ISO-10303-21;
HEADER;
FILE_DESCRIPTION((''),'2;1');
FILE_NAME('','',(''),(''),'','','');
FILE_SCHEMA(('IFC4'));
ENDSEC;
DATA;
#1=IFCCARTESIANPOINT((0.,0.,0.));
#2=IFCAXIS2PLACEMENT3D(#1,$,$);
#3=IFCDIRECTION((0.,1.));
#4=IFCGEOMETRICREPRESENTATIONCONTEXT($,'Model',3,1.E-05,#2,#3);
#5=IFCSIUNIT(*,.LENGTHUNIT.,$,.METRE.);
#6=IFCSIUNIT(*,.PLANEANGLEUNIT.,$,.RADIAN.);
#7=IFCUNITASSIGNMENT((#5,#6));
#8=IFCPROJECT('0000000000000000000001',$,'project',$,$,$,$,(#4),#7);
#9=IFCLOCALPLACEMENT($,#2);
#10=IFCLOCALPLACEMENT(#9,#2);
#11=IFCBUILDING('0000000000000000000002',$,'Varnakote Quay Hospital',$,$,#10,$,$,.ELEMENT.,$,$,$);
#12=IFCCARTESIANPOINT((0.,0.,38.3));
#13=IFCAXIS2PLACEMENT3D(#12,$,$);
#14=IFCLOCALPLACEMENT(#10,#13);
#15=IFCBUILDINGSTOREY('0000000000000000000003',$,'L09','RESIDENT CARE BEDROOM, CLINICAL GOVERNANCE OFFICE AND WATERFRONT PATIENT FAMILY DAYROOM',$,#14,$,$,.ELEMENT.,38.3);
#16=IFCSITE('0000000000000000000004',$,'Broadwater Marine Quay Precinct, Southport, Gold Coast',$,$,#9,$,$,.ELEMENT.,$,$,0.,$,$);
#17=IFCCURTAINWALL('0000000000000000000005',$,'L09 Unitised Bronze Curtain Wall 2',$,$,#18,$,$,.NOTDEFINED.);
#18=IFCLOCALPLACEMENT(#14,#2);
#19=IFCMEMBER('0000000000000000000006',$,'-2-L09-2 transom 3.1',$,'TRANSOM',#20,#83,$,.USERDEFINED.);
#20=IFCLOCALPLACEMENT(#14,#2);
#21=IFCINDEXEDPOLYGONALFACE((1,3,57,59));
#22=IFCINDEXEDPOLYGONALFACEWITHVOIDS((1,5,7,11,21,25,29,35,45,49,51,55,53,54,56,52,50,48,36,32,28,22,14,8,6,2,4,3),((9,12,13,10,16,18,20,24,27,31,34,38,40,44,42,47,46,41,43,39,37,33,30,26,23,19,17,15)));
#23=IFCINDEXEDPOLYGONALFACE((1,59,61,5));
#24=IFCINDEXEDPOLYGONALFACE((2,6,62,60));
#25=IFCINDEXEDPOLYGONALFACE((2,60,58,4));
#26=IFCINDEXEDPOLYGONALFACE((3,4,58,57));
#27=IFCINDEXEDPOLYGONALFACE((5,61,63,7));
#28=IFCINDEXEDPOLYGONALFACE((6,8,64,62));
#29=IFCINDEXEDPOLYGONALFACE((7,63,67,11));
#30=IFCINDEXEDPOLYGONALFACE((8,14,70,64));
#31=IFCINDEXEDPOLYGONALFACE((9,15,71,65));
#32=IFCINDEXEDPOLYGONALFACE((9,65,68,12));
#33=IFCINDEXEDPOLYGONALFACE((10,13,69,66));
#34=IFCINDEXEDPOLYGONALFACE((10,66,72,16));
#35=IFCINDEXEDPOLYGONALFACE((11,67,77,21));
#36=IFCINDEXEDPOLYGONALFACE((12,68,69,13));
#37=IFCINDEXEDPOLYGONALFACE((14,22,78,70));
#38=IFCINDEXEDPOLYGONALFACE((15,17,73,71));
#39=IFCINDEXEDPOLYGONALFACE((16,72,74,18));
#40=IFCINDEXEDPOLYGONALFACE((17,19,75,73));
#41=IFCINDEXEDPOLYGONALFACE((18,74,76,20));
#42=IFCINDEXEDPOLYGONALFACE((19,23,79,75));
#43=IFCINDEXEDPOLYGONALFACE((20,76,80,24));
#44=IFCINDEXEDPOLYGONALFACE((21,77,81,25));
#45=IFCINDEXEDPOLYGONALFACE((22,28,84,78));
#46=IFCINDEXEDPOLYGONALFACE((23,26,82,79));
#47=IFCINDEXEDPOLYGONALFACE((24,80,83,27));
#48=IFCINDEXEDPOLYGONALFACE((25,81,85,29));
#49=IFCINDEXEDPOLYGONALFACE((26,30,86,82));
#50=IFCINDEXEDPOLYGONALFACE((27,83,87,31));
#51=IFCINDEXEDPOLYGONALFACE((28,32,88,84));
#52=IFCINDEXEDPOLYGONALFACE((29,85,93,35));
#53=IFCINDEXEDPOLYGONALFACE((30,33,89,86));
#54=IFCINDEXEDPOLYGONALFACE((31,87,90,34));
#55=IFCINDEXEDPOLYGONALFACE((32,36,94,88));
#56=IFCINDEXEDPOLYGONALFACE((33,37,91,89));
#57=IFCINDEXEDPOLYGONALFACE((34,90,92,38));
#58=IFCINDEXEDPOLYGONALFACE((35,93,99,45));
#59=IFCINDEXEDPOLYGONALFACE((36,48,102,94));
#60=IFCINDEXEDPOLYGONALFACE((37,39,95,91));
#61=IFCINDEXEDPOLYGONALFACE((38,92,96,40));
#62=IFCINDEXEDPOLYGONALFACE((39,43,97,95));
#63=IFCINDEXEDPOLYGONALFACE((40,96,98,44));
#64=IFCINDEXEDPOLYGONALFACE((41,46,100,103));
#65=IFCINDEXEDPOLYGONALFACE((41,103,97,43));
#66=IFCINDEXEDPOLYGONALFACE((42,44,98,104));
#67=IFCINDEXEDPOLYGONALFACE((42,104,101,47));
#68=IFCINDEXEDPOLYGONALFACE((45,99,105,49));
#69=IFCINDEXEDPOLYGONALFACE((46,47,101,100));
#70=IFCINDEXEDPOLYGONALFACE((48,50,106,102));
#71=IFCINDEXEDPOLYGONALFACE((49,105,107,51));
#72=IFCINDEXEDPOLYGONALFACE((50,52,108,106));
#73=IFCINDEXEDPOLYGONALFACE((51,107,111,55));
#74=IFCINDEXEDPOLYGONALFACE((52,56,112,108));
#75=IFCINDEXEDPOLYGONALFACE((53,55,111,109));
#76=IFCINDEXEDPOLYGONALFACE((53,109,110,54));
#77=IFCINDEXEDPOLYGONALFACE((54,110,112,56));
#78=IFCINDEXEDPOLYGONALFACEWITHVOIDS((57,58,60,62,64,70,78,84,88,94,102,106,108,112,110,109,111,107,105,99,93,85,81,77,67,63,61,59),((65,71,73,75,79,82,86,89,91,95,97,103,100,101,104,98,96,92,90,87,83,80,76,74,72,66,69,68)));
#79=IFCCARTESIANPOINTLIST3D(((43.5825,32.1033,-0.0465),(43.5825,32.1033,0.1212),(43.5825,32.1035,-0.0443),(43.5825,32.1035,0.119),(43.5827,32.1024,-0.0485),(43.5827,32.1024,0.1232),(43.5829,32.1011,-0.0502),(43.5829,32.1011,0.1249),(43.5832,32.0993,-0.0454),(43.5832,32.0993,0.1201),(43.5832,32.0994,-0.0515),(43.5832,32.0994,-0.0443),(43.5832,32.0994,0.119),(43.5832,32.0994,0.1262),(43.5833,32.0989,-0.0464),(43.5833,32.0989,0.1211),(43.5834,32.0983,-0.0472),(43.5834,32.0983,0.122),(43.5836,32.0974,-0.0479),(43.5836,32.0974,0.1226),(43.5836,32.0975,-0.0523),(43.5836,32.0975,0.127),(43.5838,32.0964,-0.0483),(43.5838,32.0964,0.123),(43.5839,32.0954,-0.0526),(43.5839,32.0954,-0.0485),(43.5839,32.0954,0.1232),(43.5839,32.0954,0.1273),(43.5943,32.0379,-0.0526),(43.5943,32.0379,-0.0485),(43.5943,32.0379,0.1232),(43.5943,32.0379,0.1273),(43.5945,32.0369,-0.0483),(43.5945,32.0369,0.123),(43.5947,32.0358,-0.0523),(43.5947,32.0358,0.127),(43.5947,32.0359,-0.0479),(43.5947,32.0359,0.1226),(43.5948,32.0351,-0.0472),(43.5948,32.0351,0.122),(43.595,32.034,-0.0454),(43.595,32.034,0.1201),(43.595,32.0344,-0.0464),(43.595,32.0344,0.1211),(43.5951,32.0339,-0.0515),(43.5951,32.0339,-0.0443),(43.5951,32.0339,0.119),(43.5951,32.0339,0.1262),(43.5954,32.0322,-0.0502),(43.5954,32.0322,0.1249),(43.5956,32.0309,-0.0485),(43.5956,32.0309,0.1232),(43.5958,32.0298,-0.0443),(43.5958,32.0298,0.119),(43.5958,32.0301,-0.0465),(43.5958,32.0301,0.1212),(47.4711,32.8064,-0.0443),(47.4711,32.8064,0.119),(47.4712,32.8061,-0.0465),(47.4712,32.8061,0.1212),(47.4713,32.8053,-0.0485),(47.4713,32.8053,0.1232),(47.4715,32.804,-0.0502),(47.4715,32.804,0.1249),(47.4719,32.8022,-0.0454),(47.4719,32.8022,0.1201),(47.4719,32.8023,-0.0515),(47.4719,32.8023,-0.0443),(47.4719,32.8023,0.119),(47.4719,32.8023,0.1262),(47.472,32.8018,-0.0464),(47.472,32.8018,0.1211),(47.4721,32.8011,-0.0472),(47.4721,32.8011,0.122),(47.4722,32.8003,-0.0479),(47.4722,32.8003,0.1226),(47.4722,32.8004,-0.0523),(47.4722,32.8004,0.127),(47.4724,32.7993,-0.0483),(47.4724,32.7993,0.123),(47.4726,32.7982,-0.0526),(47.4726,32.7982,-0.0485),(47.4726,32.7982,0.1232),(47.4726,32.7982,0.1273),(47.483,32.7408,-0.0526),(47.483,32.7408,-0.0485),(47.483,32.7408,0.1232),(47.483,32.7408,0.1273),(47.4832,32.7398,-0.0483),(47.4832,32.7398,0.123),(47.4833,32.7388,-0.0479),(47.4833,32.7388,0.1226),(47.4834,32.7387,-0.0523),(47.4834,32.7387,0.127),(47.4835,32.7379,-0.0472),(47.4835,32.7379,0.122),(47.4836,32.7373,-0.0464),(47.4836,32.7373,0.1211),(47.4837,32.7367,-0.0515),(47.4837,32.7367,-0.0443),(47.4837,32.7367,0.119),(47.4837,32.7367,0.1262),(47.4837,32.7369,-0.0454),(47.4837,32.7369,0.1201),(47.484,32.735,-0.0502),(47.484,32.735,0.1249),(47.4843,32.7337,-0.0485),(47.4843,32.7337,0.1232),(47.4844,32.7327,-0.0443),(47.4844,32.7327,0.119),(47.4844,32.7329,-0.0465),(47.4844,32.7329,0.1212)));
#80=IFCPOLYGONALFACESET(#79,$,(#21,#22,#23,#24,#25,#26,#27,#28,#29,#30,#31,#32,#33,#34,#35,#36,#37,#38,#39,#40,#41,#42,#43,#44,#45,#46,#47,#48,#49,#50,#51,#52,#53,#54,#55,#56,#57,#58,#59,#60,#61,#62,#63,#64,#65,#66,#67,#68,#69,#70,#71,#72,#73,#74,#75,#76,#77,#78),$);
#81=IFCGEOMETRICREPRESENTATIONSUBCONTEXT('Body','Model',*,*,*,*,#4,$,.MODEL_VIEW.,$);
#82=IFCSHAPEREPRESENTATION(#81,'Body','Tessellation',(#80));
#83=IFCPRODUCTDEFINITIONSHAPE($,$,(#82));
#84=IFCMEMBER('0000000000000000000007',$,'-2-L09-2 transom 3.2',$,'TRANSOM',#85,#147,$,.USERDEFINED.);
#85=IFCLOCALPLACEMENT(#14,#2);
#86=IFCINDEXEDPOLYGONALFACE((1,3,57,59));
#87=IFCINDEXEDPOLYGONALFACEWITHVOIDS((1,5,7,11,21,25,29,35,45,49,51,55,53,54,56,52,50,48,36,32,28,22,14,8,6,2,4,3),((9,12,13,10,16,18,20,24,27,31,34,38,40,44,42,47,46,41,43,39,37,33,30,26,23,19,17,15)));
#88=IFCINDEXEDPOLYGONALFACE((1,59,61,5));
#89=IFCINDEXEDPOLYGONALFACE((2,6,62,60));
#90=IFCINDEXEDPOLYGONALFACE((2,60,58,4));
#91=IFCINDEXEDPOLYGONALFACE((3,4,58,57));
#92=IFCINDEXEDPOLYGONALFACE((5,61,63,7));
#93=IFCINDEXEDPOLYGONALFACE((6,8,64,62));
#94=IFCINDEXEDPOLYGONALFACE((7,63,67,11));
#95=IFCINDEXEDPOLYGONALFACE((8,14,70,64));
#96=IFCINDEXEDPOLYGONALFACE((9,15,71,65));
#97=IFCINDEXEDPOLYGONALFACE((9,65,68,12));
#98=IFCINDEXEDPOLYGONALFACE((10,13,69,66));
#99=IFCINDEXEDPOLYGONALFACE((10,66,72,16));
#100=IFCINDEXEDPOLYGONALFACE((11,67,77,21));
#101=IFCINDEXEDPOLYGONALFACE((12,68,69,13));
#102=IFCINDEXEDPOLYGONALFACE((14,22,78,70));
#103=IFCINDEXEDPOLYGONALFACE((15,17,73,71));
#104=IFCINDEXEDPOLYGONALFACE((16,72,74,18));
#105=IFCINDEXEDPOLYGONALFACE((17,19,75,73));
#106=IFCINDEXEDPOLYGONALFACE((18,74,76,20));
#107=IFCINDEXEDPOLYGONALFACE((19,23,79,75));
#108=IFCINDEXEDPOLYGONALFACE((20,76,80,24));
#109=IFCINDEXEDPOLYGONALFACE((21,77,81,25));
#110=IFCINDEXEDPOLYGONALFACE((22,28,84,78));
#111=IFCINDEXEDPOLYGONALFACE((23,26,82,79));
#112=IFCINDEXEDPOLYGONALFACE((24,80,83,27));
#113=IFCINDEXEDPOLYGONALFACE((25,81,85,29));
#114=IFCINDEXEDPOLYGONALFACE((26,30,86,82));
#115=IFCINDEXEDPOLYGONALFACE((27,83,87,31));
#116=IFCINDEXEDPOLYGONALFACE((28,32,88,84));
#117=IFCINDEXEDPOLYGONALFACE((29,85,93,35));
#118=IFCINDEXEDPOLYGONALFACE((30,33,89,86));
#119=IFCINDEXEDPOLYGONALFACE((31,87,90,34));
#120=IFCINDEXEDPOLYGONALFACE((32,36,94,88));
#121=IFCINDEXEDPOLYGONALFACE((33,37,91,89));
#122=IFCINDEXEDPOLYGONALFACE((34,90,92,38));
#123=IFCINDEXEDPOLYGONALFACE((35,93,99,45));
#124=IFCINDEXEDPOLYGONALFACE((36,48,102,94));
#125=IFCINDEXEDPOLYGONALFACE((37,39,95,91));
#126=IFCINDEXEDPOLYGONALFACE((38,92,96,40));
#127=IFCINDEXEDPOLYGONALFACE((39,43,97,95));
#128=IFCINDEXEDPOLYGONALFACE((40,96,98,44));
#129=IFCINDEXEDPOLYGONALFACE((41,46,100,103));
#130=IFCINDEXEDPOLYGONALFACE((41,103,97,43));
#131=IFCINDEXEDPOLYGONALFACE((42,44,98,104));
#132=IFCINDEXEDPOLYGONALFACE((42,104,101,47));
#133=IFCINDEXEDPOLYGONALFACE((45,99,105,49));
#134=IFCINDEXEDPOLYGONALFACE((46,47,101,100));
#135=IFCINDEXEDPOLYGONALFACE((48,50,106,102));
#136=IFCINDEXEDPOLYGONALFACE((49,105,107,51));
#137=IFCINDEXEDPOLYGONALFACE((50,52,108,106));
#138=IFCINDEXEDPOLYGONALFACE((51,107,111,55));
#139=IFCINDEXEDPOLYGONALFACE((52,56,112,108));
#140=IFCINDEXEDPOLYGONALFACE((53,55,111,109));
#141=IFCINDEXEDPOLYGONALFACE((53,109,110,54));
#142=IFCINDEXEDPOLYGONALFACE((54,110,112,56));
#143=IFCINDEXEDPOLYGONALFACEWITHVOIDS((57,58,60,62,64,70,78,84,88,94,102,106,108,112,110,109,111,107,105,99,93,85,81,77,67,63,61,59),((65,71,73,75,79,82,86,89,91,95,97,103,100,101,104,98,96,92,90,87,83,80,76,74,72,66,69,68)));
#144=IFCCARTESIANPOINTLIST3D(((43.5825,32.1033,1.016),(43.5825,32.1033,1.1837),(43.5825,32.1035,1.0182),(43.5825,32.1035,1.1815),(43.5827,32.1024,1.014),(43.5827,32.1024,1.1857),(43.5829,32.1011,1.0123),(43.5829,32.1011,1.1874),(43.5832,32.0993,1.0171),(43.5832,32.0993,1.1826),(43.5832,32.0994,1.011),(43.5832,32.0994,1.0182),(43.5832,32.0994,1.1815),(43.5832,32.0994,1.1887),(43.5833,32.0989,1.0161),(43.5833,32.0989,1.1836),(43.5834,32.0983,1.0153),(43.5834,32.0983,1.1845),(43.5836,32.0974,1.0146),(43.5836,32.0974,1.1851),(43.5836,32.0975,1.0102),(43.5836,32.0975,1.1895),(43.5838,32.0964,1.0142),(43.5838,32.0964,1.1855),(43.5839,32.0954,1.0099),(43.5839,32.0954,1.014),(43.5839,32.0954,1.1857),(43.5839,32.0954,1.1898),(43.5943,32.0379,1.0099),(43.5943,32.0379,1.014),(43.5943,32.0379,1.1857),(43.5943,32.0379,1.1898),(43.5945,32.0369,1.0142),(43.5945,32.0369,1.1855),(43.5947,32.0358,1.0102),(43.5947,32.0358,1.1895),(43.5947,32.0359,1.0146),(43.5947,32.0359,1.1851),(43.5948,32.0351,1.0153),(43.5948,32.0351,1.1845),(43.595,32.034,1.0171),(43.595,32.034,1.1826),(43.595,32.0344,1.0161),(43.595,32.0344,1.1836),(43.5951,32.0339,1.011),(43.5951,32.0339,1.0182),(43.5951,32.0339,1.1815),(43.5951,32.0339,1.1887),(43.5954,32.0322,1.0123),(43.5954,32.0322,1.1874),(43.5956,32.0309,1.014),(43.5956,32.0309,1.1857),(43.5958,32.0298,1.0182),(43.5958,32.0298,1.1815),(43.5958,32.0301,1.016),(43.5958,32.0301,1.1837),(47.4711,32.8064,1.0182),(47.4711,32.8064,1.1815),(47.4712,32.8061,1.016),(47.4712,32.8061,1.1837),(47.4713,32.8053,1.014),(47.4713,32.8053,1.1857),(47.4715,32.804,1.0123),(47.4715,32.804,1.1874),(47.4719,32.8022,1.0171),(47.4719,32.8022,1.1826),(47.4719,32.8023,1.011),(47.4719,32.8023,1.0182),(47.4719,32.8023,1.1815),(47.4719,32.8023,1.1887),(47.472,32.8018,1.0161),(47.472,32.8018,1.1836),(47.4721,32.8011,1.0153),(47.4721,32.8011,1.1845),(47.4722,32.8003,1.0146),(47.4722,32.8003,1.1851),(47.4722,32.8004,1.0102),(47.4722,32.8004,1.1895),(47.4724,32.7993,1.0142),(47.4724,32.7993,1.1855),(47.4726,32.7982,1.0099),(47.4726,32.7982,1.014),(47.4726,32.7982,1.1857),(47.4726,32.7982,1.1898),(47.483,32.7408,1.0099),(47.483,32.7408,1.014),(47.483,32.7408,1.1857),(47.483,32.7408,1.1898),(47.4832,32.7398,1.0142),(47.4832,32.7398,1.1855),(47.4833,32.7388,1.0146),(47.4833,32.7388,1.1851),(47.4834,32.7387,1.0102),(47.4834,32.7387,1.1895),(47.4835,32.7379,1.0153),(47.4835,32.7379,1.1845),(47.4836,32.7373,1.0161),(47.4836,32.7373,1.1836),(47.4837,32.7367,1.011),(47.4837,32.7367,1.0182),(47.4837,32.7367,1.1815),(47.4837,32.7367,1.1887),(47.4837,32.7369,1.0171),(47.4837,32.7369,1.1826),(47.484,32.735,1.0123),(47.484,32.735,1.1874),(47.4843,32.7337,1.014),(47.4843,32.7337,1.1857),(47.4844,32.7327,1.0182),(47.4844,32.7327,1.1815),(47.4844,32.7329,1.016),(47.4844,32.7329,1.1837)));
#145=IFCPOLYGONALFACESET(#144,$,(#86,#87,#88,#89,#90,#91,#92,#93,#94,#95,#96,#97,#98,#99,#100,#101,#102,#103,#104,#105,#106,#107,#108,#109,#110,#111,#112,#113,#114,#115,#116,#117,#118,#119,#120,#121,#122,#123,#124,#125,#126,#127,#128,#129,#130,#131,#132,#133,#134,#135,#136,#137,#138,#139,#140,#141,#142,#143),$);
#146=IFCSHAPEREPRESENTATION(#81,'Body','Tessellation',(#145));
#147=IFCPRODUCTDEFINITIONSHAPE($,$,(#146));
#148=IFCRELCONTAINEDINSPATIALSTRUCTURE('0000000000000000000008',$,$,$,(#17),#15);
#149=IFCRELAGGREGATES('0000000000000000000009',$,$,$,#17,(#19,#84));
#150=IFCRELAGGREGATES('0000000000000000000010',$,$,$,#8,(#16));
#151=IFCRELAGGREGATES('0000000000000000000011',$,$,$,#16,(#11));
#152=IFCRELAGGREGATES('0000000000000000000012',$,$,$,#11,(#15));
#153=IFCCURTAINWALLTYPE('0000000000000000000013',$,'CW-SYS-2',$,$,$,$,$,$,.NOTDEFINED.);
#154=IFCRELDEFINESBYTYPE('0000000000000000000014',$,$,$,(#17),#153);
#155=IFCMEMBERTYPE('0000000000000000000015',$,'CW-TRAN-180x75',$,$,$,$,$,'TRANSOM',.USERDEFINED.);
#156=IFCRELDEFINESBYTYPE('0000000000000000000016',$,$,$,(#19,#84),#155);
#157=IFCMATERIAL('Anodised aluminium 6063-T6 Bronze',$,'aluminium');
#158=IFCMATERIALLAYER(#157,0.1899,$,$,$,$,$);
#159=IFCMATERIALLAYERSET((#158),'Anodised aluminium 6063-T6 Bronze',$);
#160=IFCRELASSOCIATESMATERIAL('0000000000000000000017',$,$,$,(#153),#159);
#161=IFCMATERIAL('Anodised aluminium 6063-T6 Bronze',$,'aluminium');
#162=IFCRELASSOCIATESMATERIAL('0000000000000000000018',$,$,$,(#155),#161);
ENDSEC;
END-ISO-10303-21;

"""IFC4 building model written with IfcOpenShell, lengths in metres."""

from ifc_helpers import new_model, si_unit, direction, frame, origin, origin_2d, place, context, subcontext, project, spatial, hollow_rectangle, extrude, material, layer, layer_set, material_profile, profile_set, type_object, element, aggregate, save


model = new_model("IFC4")

# Units and contexts
model_context = context("Model", 3, precision=1e-05, world=origin(), true_north=direction((0.0, 1.0)))
body_context = subcontext(model_context, "Body", "Model", "MODEL_VIEW")
ifc_project = project(units=[si_unit("LENGTHUNIT", "METRE"), si_unit("PLANEANGLEUNIT", "RADIAN")], contexts=[model_context])

# Site, building, storey
site_placement = place(None, origin())
site = spatial("IfcSite", under=ifc_project, at=site_placement, Name="Broadwater Marine Quay Precinct, Southport, Gold Coast", CompositionType="ELEMENT", RefElevation=0.0)
building_placement = place(site_placement, origin())
building = spatial("IfcBuilding", under=site, at=building_placement, Name="Varnakote Quay Hospital", CompositionType="ELEMENT")
storey_placement = place(building_placement, frame((0.0, 0.0, 38.3)))
storey = spatial("IfcBuildingStorey", under=building, at=storey_placement, Name="L09", Description="RESIDENT CARE BEDROOM, CLINICAL GOVERNANCE OFFICE AND WATERFRONT PATIENT FAMILY DAYROOM", CompositionType="ELEMENT", Elevation=38.3)

# Curtain wall, members
ifc_material_1 = material(Name="Anodised aluminium 6063-T6 Bronze", Category="aluminium")
ifc_layer_1 = layer(ifc_material_1, 0.1899)
ifc_layer_set_1 = layer_set([ifc_layer_1], Name="Anodised aluminium 6063-T6 Bronze")
curtain_wall_type = type_object("IfcCurtainWallType", Name="CW-SYS-2", PredefinedType="NOTDEFINED", material=ifc_layer_set_1)
curtain_wall_placement = place(storey_placement, origin())
curtain_wall = element("IfcCurtainWall", 1, at=curtain_wall_placement, inside=storey, type_object=curtain_wall_type, Name="L09 Unitised Bronze Curtain Wall 2", PredefinedType="NOTDEFINED")
ifc_material_2 = material(Name="Anodised aluminium 6063-T6 Bronze", Category="aluminium")
ifc_material_profile_1 = material_profile(ifc_material_2, hollow_rectangle(XDim=0.075, YDim=0.1799, WallThickness=0.0042, InnerFilletRadius=0.0042, OuterFilletRadius=0.0083, at=origin_2d()), Name="CW-TRAN-180x75")
ifc_profile_set_1 = profile_set([ifc_material_profile_1], Name="Anodised aluminium 6063-T6 Bronze")
member_type_1 = type_object("IfcMemberType", Name="CW-TRAN-180x75", ElementType="TRANSOM", PredefinedType="USERDEFINED", material=ifc_profile_set_1)
member_1_placement = place(storey_placement, frame((47.4778, 32.7695, 0.0374), z_axis=(-0.984054, -0.177869, 0.0), x_axis=(0.177869, -0.984054, 0.0)))
member_1 = element("IfcMember", 2, at=member_1_placement, type_object=member_type_1, Name="-2-L09-2 transom 3.1", ObjectType="TRANSOM", PredefinedType="USERDEFINED", context=body_context, shape_type="SweptSolid", body=[
    extrude(hollow_rectangle(XDim=0.075, YDim=0.1799, WallThickness=0.0042, InnerFilletRadius=0.0042, OuterFilletRadius=0.0083, at=origin_2d()), origin(), (0.0, 0.0, 1.0), 3.9517),
])
member_2_placement = place(storey_placement, frame((47.4778, 32.7695, 1.0999), z_axis=(-0.984054, -0.177869, 0.0), x_axis=(0.177869, -0.984054, 0.0)))
member_2 = element("IfcMember", 3, at=member_2_placement, type_object=member_type_1, Name="-2-L09-2 transom 3.2", ObjectType="TRANSOM", PredefinedType="USERDEFINED", context=body_context, shape_type="SweptSolid", body=[
    extrude(hollow_rectangle(XDim=0.075, YDim=0.1799, WallThickness=0.0042, InnerFilletRadius=0.0042, OuterFilletRadius=0.0083, at=origin_2d()), origin(), (0.0, 0.0, 1.0), 3.9517),
])
aggregate(curtain_wall, [member_1, member_2])

save(model, "model.ifc")
